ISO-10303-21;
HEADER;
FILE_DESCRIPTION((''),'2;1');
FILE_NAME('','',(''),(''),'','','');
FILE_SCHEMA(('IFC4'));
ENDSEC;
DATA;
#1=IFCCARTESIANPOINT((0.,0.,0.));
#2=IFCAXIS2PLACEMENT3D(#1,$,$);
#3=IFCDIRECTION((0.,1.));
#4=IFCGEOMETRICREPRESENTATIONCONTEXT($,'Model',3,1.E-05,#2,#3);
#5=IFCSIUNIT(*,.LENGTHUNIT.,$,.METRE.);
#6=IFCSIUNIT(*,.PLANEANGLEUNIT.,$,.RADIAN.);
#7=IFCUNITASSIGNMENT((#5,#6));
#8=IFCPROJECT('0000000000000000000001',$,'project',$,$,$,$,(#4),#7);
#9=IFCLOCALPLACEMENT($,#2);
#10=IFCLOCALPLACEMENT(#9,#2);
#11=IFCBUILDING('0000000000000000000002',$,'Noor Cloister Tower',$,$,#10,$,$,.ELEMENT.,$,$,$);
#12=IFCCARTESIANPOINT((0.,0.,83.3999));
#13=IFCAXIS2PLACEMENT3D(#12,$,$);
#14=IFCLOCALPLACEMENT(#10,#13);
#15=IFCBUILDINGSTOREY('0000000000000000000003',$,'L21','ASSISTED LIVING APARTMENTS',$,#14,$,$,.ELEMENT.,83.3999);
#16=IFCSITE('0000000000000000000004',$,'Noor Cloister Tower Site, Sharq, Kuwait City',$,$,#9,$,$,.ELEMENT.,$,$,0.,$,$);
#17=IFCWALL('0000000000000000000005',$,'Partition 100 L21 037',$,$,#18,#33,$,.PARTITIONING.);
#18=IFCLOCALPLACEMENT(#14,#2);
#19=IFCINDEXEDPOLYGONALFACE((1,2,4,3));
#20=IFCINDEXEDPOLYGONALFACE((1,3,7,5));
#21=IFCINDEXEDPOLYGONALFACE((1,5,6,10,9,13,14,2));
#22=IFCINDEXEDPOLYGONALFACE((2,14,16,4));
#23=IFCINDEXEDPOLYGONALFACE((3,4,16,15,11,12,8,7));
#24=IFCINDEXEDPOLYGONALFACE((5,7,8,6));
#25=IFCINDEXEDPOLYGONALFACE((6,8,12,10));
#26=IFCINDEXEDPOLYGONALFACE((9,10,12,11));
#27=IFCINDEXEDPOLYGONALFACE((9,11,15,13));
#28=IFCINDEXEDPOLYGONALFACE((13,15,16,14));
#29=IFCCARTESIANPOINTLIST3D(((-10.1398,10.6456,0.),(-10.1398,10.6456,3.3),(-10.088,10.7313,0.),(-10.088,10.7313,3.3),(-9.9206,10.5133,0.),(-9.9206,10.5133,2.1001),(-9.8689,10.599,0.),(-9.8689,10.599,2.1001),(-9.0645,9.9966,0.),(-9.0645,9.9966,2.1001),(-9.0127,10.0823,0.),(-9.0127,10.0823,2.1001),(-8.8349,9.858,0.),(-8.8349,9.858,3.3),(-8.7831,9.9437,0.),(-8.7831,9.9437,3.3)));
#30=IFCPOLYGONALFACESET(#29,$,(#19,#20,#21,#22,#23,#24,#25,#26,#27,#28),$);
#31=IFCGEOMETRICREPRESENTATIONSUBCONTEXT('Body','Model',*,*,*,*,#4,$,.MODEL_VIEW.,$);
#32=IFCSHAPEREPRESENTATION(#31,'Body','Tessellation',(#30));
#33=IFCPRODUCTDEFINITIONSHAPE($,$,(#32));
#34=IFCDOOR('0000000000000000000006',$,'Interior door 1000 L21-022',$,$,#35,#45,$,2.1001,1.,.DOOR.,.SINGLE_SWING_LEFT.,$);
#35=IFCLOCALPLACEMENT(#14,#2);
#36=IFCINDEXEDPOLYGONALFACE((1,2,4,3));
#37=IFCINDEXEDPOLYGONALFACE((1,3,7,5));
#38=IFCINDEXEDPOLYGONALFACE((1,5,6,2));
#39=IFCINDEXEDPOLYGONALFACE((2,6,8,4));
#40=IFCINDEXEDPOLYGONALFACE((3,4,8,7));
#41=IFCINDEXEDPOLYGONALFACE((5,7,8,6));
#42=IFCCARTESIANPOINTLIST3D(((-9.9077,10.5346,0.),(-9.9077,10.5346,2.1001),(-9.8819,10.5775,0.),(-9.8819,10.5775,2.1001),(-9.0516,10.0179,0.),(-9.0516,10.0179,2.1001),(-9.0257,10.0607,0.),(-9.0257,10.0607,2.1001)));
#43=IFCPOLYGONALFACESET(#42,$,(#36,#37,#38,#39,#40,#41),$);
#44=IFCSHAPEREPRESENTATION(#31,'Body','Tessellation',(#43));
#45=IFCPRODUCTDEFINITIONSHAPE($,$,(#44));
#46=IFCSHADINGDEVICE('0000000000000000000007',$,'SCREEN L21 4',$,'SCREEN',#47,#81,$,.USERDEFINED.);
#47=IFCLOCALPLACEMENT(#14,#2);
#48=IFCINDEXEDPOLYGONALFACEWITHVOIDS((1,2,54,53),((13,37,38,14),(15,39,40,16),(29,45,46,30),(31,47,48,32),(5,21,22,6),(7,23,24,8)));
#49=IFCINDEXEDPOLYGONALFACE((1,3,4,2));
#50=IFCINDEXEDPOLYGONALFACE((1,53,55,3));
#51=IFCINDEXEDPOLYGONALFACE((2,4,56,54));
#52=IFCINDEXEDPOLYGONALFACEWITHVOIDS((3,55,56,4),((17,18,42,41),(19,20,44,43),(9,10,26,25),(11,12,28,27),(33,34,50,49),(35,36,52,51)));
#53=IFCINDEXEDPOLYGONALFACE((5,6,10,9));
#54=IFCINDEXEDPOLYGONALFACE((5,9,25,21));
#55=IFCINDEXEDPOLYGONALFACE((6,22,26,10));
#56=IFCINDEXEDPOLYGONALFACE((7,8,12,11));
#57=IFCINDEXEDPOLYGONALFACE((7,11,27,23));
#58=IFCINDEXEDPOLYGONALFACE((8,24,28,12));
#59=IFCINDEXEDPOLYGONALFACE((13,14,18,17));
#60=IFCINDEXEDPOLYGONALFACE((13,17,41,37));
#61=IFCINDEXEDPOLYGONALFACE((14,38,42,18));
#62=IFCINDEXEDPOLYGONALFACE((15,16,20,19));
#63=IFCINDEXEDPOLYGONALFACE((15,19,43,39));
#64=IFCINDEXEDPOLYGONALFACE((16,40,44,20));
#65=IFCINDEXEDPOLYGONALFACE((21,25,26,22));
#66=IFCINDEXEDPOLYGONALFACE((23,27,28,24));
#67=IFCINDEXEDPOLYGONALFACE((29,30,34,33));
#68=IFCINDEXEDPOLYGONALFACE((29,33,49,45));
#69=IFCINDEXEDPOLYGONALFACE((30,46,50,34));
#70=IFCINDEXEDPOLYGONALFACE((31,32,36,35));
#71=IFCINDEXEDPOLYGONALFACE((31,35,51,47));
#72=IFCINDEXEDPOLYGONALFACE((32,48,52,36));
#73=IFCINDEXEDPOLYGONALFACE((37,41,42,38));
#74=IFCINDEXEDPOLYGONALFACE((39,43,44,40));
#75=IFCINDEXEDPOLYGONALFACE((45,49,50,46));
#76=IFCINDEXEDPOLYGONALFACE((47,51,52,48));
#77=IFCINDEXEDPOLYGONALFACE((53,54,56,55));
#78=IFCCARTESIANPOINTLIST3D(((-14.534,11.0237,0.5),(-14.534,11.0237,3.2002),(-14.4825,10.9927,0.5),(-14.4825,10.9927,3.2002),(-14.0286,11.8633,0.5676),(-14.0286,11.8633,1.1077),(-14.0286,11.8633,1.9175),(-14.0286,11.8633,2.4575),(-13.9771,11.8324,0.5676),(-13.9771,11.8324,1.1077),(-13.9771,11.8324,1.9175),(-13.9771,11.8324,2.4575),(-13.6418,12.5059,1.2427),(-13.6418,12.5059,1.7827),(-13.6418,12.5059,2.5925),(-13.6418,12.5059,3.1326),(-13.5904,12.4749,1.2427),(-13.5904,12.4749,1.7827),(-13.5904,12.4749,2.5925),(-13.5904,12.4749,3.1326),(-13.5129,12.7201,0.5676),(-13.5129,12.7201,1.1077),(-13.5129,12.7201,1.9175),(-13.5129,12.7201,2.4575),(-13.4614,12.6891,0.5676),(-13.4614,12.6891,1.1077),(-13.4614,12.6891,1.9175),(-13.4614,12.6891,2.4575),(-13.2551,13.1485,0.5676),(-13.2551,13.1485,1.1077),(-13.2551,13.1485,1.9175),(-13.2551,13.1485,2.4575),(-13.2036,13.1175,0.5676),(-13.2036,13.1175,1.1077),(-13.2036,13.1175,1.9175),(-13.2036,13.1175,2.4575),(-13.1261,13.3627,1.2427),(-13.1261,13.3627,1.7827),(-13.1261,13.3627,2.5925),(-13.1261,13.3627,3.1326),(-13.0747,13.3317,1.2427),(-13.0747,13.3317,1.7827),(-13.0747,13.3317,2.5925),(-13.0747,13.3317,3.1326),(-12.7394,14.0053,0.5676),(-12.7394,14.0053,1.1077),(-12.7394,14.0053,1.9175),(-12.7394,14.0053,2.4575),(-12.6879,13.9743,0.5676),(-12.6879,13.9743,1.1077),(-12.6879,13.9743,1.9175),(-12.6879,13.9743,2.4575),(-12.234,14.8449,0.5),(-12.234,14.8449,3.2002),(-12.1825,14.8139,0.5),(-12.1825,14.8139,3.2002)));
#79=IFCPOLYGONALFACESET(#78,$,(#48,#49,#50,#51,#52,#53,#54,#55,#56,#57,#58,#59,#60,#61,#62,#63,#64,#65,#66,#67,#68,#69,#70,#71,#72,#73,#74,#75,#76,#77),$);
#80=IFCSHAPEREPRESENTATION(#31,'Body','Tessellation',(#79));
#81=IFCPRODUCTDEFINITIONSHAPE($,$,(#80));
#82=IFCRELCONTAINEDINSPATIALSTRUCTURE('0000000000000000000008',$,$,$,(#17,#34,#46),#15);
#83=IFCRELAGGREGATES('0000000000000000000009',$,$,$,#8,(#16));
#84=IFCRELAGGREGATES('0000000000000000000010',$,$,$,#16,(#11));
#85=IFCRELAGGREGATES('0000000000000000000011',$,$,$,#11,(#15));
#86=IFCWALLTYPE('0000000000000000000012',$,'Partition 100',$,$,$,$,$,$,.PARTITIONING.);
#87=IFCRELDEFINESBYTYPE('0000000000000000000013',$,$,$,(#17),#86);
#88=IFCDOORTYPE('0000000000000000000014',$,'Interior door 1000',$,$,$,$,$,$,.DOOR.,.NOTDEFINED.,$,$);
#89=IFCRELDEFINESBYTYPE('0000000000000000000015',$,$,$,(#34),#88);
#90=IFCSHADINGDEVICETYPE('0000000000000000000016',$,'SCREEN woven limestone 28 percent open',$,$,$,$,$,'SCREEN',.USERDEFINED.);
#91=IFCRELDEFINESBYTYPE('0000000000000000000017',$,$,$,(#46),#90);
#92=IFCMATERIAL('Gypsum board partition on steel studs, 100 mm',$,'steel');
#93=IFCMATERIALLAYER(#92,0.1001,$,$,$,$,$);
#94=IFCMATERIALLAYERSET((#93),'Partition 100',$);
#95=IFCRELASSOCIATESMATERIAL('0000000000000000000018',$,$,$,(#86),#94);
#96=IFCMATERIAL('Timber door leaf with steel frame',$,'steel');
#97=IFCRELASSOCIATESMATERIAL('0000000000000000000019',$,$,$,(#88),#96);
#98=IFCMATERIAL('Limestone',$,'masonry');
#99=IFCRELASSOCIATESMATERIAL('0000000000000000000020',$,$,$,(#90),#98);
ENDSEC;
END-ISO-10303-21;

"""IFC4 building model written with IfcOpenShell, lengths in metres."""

from ifc_helpers import new_model, si_unit, direction, frame, frame_2d, origin, place, context, subcontext, project, spatial, polyline, rectangle, outline, extrude, material, layer, layer_set, material_profile, profile_set, type_object, element, fill, save


model = new_model("IFC4")

# Units and contexts
model_context = context("Model", 3, precision=1e-05, world=origin(), true_north=direction((0.0, 1.0)))
body_context = subcontext(model_context, "Body", "Model", "MODEL_VIEW")
ifc_project = project(units=[si_unit("LENGTHUNIT", "METRE"), si_unit("PLANEANGLEUNIT", "RADIAN")], contexts=[model_context])

# Site, building, storey
site_placement = place(None, origin())
site = spatial("IfcSite", under=ifc_project, at=site_placement, Name="Noor Cloister Tower Site, Sharq, Kuwait City", CompositionType="ELEMENT", RefElevation=0.0)
building_placement = place(site_placement, origin())
building = spatial("IfcBuilding", under=site, at=building_placement, Name="Noor Cloister Tower", CompositionType="ELEMENT")
storey_placement = place(building_placement, frame((0.0, 0.0, 83.3999)))
storey = spatial("IfcBuildingStorey", under=building, at=storey_placement, Name="L21", Description="ASSISTED LIVING APARTMENTS", CompositionType="ELEMENT", Elevation=83.3999)

# Shared definitions
ifc_material_1 = material(Name="Gypsum board partition on steel studs, 100 mm", Category="steel")
ifc_layer_1 = layer(ifc_material_1, 0.1001)
ifc_layer_set_1 = layer_set([ifc_layer_1], Name="Partition 100")
wall_type_1 = type_object("IfcWallType", Name="Partition 100", PredefinedType="PARTITIONING", material=ifc_layer_set_1)

# Wall, opening, door
wall_1_placement = place(storey_placement, frame((-10.114, 10.6885, 0.0), z_axis=(0.0, 0.0, 1.0), x_axis=(0.856147, -0.516732, 0.0)))
wall_1 = element("IfcWall", 1, at=wall_1_placement, inside=storey, type_object=wall_type_1, Name="Partition 100 L21 037", PredefinedType="PARTITIONING", context=body_context, shape_type="SweptSolid", body=[
    extrude(rectangle(XDim=1.5242, YDim=0.1001, at=frame_2d((0.7622, 0.0))), origin(), (0.0, 0.0, 1.0), 3.3),
])
opening_1_placement = place(wall_1_placement, frame((0.2561, 0.0, 0.0)))
opening_1 = element("IfcOpeningElement", 2, at=opening_1_placement, cuts=wall_1, PredefinedType="OPENING", context=body_context, shape_type="SweptSolid", body=[
    extrude(rectangle(XDim=1.0, YDim=2.1001, at=frame_2d((0.5, 1.05))), frame((0.0, 0.0601, 0.0), z_axis=(0.0, -1.0, 0.0), x_axis=(1.0, 0.0, 0.0)), (0.0, 0.0, 1.0), 0.1201),
])
ifc_material_2 = material(Name="Timber door leaf with steel frame", Category="steel")
door_type_1 = type_object("IfcDoorType", Name="Interior door 1000", OperationType="NOTDEFINED", PredefinedType="DOOR", material=ifc_material_2)
door_1_placement = place(opening_1_placement, origin())
door_1 = element("IfcDoor", 3, at=door_1_placement, inside=storey, type_object=door_type_1, Name="Interior door 1000 L21-022", OperationType="SINGLE_SWING_LEFT", OverallHeight=2.1001, OverallWidth=1.0, PredefinedType="DOOR", context=body_context, shape_type="SweptSolid", body=[
    extrude(rectangle(XDim=1.0, YDim=2.1001, at=frame_2d((0.5, 1.05))), frame((0.0, 0.0249, 0.0), z_axis=(0.0, -1.0, 0.0), x_axis=(1.0, 0.0, 0.0)), (0.0, 0.0, 1.0), 0.05),
])
fill(opening_1, door_1)

# Shading device
ifc_material_3 = material(Name="Limestone", Category="masonry")
ifc_material_profile_1 = material_profile(ifc_material_3, outline(polyline([(-2.23, -1.3501), (2.23, -1.3501), (2.23, 1.3501), (-2.23, 1.3501), (-2.23, -1.3501)]), holes=[polyline([(-1.25, -1.2825), (-0.25, -1.2825), (-0.25, -0.7424), (-1.25, -0.7424), (-1.25, -1.2825)]), polyline([(0.25, -1.2825), (1.25, -1.2825), (1.25, -0.7424), (0.25, -0.7424), (0.25, -1.2825)]), polyline([(-0.5, -0.6074), (0.5, -0.6074), (0.5, -0.0674), (-0.5, -0.0674), (-0.5, -0.6074)]), polyline([(-1.25, 0.0674), (-0.25, 0.0674), (-0.25, 0.6074), (-1.25, 0.6074), (-1.25, 0.0674)]), polyline([(0.25, 0.0674), (1.25, 0.0674), (1.25, 0.6074), (0.25, 0.6074), (0.25, 0.0674)]), polyline([(-0.5, 0.7424), (0.5, 0.7424), (0.5, 1.2825), (-0.5, 1.2825), (-0.5, 0.7424)])]), Name="Woven screen 28 percent open")
ifc_profile_set_1 = profile_set([ifc_material_profile_1], Name="Limestone")
shading_device_type = type_object("IfcShadingDeviceType", Name="SCREEN woven limestone 28 percent open", ElementType="SCREEN", PredefinedType="USERDEFINED", material=ifc_profile_set_1)
shading_device_placement = place(storey_placement, frame((-13.3325, 12.9033, 1.8501), z_axis=(-0.856776, 0.51569, 0.0), x_axis=(-0.51569, -0.856776, 0.0)))
element("IfcShadingDevice", 4, at=shading_device_placement, inside=storey, type_object=shading_device_type, Name="SCREEN L21 4", ObjectType="SCREEN", PredefinedType="USERDEFINED", context=body_context, shape_type="SweptSolid", body=[
    extrude(outline(polyline([(-2.23, -1.3501), (2.23, -1.3501), (2.23, 1.3501), (-2.23, 1.3501), (-2.23, -1.3501)]), holes=[polyline([(-1.25, -1.2825), (-0.25, -1.2825), (-0.25, -0.7424), (-1.25, -0.7424), (-1.25, -1.2825)]), polyline([(0.25, -1.2825), (1.25, -1.2825), (1.25, -0.7424), (0.25, -0.7424), (0.25, -1.2825)]), polyline([(-0.5, -0.6074), (0.5, -0.6074), (0.5, -0.0674), (-0.5, -0.0674), (-0.5, -0.6074)]), polyline([(-1.25, 0.0674), (-0.25, 0.0674), (-0.25, 0.6074), (-1.25, 0.6074), (-1.25, 0.0674)]), polyline([(0.25, 0.0674), (1.25, 0.0674), (1.25, 0.6074), (0.25, 0.6074), (0.25, 0.0674)]), polyline([(-0.5, 0.7424), (0.5, 0.7424), (0.5, 1.2825), (-0.5, 1.2825), (-0.5, 0.7424)])]), origin(), (0.0, 0.0, 1.0), 0.0601),
])

save(model, "model.ifc")
